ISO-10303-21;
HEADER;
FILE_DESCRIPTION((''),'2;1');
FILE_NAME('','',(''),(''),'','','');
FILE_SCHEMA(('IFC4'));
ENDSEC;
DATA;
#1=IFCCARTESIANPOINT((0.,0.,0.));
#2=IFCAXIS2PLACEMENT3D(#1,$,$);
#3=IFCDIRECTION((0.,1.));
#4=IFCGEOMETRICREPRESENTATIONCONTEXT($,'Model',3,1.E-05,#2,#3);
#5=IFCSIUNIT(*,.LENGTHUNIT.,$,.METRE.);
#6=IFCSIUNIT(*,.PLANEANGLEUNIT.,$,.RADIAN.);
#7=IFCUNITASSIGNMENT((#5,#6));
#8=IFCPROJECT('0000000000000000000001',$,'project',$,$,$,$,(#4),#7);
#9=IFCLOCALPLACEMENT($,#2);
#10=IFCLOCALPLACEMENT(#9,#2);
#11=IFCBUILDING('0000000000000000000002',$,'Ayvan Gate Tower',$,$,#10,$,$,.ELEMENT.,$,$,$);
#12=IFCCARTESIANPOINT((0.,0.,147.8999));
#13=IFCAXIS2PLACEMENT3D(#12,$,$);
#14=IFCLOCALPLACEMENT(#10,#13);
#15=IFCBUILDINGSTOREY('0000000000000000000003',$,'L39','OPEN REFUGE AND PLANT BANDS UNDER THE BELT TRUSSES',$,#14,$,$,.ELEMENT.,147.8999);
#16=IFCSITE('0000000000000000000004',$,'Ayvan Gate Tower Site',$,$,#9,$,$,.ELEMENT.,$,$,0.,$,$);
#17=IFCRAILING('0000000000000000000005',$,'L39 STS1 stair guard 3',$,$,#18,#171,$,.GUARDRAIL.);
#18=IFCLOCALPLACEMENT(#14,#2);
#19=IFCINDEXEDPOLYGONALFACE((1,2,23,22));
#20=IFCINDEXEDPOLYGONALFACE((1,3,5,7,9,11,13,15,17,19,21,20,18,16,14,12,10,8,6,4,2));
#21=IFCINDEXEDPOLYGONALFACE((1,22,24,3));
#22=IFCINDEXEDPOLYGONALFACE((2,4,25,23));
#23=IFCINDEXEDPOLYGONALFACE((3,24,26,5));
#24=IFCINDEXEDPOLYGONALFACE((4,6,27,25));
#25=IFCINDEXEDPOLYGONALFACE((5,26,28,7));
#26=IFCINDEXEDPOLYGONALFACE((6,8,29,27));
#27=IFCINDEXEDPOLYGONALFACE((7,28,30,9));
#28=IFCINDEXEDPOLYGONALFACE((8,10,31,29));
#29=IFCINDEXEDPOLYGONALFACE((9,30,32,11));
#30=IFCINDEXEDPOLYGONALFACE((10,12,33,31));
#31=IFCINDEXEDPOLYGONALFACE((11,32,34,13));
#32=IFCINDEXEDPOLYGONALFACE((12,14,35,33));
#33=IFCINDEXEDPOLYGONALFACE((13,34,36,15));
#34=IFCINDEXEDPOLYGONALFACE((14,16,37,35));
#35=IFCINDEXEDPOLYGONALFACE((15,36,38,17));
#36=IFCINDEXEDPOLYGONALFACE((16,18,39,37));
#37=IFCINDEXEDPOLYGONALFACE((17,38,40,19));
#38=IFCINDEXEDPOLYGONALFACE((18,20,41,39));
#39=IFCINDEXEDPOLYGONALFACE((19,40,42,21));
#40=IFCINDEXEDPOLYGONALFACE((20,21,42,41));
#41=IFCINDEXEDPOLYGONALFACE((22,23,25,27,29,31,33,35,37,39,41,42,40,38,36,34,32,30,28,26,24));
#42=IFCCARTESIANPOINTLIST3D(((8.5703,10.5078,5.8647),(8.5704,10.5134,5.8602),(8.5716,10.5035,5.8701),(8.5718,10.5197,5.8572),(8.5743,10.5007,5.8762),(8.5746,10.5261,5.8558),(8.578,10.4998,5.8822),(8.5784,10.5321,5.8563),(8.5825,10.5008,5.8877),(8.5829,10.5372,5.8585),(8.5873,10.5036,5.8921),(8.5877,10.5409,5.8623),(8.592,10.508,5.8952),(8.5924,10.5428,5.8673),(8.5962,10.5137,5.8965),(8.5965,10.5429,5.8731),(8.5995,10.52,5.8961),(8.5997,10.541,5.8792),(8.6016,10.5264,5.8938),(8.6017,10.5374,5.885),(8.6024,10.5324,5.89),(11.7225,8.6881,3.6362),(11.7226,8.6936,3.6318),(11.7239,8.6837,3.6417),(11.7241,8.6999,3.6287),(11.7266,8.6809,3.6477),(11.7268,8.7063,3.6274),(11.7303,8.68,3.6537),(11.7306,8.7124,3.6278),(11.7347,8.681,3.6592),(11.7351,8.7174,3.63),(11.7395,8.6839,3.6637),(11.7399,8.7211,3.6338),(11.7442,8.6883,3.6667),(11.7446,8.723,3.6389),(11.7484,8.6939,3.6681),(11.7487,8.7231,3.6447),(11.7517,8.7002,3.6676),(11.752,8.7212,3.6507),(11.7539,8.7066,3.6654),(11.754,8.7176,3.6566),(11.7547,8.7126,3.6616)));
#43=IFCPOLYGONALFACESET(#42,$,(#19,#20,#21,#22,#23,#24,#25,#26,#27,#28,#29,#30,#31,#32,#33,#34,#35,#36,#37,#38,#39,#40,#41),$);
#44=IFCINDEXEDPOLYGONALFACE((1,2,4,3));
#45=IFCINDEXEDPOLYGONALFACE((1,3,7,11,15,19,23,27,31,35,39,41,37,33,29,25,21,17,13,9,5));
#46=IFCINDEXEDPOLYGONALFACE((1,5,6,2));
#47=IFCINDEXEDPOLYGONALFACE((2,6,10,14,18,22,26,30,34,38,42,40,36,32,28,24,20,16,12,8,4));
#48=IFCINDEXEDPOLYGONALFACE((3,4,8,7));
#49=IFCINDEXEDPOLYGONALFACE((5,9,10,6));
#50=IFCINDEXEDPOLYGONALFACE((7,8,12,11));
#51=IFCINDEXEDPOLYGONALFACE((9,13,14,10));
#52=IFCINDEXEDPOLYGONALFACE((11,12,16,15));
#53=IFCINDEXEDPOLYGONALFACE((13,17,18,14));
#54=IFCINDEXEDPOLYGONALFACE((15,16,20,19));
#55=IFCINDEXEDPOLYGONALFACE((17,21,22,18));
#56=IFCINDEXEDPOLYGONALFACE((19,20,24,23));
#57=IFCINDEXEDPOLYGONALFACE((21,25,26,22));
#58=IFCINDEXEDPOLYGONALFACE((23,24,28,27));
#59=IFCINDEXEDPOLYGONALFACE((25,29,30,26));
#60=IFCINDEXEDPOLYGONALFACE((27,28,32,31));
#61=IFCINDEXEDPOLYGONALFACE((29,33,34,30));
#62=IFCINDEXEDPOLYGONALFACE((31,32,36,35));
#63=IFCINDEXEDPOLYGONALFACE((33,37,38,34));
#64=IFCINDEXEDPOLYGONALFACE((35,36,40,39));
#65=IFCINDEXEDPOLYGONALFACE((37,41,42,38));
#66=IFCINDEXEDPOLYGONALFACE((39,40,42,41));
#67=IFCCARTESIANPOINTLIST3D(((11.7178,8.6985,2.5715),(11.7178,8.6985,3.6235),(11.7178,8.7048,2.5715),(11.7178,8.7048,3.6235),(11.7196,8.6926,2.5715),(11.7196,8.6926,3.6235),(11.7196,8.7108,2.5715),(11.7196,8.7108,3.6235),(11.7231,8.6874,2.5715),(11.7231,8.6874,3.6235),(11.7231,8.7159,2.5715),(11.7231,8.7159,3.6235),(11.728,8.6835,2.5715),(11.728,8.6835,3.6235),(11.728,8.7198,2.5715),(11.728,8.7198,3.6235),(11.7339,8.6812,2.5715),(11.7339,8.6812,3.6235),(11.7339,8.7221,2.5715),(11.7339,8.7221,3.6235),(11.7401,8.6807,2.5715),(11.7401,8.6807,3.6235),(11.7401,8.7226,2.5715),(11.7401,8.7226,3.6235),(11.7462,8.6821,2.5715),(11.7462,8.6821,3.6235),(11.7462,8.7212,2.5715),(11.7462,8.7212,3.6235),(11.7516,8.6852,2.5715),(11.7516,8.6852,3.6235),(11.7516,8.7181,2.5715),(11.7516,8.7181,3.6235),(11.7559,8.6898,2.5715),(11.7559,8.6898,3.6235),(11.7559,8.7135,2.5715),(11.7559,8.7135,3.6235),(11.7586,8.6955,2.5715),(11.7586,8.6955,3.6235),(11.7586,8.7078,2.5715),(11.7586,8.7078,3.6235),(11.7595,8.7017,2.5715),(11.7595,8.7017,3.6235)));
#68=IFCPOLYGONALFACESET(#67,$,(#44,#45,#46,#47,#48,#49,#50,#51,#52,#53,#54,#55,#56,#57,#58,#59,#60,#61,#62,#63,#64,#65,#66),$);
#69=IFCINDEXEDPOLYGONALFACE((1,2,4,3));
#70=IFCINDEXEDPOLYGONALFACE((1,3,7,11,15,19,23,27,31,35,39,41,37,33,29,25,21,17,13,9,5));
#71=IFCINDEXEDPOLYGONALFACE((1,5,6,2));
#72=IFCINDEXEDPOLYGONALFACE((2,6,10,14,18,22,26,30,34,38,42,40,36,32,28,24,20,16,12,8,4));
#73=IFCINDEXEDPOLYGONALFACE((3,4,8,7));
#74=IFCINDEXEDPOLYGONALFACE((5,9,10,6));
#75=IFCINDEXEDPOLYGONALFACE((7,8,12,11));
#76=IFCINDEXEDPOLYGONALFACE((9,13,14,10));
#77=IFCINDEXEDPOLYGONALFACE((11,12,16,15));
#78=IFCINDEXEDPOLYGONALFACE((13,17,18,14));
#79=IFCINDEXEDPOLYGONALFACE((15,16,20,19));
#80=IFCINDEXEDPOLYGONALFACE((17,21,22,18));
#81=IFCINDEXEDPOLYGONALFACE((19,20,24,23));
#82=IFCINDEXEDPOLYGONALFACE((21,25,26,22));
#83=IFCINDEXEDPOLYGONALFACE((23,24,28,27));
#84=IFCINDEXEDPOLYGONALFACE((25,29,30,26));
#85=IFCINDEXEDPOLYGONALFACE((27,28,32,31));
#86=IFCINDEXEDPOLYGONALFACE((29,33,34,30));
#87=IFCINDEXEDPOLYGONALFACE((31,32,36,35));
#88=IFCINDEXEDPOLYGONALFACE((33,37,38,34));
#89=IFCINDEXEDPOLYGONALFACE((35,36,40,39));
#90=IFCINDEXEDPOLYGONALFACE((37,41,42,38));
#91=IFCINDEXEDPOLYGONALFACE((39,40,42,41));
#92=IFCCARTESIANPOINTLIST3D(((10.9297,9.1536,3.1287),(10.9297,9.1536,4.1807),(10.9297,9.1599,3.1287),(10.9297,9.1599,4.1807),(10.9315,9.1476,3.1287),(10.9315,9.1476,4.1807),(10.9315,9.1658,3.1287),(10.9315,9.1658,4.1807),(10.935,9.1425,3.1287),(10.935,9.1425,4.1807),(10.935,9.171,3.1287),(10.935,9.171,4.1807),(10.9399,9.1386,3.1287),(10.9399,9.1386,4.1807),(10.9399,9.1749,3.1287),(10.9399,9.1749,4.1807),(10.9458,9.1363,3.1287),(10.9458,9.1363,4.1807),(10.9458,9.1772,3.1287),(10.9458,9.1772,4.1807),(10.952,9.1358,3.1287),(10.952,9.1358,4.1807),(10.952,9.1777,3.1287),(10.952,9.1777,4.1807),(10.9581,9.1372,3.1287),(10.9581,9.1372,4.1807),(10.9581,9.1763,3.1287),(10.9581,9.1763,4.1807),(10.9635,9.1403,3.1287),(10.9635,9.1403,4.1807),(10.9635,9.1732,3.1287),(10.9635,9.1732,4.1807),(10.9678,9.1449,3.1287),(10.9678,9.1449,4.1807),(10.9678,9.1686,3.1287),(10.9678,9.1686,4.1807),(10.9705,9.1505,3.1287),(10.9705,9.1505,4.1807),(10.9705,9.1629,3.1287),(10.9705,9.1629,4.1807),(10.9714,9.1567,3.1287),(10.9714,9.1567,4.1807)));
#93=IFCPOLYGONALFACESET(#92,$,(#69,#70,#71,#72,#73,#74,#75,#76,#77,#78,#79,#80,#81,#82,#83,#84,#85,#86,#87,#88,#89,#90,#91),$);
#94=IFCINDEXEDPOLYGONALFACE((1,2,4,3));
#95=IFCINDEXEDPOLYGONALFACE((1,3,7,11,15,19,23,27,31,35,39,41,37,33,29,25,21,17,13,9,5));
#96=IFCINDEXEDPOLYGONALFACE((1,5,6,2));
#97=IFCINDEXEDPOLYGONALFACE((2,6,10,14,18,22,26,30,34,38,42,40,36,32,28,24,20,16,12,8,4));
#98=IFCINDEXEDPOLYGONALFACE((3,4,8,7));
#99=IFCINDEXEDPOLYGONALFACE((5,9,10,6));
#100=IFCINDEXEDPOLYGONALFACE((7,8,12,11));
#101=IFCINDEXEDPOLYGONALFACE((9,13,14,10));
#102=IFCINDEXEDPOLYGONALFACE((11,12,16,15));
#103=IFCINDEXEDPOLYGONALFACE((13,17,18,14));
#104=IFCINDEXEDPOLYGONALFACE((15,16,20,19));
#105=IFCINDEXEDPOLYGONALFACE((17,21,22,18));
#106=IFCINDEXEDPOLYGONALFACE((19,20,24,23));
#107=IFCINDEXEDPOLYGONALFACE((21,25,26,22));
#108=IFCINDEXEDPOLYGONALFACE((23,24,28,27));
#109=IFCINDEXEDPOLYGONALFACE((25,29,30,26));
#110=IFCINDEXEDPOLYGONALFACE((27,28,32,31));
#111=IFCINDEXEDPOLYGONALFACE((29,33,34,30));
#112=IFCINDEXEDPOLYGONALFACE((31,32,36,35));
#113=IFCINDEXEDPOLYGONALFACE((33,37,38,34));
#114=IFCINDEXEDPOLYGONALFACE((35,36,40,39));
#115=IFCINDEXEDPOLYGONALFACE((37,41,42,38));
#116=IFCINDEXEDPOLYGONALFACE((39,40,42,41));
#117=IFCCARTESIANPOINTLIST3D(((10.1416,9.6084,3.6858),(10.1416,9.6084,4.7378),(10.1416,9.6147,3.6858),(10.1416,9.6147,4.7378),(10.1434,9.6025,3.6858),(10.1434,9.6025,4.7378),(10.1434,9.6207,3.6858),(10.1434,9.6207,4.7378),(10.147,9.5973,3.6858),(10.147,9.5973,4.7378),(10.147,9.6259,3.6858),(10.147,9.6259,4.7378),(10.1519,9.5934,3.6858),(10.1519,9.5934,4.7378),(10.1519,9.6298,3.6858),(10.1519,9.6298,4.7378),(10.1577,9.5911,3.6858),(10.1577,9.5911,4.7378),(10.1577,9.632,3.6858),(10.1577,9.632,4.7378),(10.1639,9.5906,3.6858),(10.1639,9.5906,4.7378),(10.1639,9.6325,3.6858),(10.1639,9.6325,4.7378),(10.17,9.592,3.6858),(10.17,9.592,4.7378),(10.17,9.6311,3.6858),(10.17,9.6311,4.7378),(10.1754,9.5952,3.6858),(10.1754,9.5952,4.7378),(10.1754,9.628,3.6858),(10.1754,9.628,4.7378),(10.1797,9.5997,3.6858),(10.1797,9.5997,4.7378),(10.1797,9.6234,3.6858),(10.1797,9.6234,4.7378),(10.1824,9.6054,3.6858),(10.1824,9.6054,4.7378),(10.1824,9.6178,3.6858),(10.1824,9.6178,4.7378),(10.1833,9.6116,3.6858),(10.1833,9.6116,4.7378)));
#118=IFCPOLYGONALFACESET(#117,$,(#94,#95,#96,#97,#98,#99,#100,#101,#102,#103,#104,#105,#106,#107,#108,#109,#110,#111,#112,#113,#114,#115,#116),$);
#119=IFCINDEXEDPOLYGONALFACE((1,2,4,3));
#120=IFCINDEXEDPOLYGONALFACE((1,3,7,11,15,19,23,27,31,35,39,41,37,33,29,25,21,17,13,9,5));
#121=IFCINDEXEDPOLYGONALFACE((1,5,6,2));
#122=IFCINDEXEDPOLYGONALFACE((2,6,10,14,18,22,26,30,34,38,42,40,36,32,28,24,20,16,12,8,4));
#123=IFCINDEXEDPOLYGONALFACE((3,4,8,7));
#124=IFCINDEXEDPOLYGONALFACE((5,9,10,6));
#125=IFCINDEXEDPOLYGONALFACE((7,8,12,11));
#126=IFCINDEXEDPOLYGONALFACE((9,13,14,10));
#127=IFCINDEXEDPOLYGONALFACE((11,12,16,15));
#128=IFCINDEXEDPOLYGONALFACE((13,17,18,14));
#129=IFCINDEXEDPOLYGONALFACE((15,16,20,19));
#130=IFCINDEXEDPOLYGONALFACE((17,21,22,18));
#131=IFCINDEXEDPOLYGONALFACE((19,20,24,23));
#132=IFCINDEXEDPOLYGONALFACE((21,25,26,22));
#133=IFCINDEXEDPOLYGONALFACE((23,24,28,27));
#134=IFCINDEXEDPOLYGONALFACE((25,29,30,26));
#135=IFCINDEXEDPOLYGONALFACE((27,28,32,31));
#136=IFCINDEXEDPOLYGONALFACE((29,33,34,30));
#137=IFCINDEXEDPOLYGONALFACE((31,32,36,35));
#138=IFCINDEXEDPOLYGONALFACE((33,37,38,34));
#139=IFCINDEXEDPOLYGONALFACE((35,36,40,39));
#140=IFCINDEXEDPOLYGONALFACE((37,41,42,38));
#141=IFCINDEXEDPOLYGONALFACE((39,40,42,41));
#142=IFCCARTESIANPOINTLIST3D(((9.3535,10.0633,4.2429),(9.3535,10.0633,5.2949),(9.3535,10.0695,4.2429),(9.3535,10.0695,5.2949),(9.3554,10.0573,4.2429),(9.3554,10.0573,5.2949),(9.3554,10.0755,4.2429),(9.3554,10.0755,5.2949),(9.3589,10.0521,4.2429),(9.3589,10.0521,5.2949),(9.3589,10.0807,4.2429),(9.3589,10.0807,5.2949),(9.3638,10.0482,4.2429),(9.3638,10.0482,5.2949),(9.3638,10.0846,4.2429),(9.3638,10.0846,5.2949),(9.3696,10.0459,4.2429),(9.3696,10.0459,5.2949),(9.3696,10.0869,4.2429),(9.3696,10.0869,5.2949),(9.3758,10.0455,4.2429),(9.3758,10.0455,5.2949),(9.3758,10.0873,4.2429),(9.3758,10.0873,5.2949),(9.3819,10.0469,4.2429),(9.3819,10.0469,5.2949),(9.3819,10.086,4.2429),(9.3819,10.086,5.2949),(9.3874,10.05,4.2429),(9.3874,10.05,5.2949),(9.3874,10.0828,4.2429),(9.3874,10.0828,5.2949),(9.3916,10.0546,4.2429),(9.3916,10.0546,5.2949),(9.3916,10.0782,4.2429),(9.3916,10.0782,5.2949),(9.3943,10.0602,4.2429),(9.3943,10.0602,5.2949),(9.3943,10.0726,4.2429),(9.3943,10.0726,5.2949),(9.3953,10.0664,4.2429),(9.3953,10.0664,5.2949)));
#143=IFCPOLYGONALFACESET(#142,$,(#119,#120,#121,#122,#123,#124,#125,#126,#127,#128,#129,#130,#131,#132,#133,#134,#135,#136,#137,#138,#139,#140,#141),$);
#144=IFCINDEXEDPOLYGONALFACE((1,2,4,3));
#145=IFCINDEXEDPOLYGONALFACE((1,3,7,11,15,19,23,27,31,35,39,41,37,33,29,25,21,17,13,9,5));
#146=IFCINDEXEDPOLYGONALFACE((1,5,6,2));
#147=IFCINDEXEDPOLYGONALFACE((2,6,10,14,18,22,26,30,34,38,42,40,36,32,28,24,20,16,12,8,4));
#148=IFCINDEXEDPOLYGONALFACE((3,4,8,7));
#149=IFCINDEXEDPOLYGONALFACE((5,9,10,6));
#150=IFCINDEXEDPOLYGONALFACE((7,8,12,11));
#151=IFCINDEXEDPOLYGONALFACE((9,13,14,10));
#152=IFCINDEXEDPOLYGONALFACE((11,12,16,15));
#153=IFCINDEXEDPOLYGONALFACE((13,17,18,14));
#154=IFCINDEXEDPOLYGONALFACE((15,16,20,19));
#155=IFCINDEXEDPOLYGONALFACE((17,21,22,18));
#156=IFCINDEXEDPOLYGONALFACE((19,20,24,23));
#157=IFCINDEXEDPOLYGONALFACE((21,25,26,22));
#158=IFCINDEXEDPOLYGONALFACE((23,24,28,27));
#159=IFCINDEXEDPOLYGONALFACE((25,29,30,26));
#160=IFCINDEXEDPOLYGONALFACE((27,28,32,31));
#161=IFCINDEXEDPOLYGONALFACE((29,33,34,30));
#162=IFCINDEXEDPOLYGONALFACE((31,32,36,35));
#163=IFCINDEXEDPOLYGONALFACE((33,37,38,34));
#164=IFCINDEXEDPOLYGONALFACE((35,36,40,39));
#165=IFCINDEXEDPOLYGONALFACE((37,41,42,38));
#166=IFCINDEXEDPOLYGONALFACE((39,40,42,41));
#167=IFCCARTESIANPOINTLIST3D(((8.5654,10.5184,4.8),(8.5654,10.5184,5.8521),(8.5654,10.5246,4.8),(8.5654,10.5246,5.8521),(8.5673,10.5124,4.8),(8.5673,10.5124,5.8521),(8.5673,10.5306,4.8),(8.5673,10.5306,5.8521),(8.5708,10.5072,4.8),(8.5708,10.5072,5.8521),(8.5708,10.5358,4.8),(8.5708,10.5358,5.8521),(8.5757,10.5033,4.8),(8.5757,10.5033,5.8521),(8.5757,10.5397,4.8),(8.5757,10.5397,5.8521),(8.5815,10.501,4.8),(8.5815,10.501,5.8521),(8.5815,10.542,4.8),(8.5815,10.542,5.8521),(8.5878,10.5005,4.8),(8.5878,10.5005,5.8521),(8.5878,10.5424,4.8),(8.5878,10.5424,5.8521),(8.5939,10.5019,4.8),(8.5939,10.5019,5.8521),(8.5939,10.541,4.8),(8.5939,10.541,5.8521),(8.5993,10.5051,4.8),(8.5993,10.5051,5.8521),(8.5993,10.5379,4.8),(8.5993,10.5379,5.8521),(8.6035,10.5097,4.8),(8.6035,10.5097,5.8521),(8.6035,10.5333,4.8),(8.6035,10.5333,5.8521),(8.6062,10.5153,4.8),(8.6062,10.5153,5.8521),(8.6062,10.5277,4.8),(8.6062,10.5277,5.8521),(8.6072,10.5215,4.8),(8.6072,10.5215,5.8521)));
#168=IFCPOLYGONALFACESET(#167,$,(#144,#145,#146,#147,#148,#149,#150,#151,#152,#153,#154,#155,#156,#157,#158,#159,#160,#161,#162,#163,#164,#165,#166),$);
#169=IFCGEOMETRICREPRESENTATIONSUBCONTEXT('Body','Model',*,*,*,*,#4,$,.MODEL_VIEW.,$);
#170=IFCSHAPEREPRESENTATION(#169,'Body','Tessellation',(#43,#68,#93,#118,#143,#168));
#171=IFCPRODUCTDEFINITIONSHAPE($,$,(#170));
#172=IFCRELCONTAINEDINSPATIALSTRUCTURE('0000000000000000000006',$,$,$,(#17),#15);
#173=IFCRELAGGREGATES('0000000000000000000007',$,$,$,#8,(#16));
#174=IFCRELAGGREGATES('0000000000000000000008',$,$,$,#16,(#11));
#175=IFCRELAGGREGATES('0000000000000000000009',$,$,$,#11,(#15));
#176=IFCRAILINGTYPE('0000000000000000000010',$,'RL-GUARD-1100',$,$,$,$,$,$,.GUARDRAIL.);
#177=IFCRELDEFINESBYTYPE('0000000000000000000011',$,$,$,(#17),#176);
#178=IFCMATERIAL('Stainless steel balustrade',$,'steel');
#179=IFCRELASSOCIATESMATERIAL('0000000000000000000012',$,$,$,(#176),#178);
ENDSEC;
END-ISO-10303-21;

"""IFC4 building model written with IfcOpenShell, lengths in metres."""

from ifc_helpers import new_model, si_unit, direction, frame, origin, origin_2d, place, context, subcontext, project, spatial, circle, extrude, material, type_object, element, save


model = new_model("IFC4")

# Units and contexts
model_context = context("Model", 3, precision=1e-05, world=origin(), true_north=direction((0.0, 1.0)))
body_context = subcontext(model_context, "Body", "Model", "MODEL_VIEW")
ifc_project = project(units=[si_unit("LENGTHUNIT", "METRE"), si_unit("PLANEANGLEUNIT", "RADIAN")], contexts=[model_context])

# Site, building, storey
site_placement = place(None, origin())
site = spatial("IfcSite", under=ifc_project, at=site_placement, Name="Ayvan Gate Tower Site", CompositionType="ELEMENT", RefElevation=0.0)
building_placement = place(site_placement, origin())
building = spatial("IfcBuilding", under=site, at=building_placement, Name="Ayvan Gate Tower", CompositionType="ELEMENT")
storey_placement = place(building_placement, frame((0.0, 0.0, 147.8999)))
storey = spatial("IfcBuildingStorey", under=building, at=storey_placement, Name="L39", Description="OPEN REFUGE AND PLANT BANDS UNDER THE BELT TRUSSES", CompositionType="ELEMENT", Elevation=147.8999)

# Railing
ifc_material_1 = material(Name="Stainless steel balustrade", Category="steel")
railing_type_1 = type_object("IfcRailingType", Name="RL-GUARD-1100", PredefinedType="GUARDRAIL", material=ifc_material_1)
railing_1_placement = place(storey_placement, frame((11.7385, 8.7017, 2.5715)))
element("IfcRailing", 1, at=railing_1_placement, inside=storey, type_object=railing_type_1, Name="L39 STS1 stair guard 3", PredefinedType="GUARDRAIL", context=body_context, shape_type="SweptSolid", body=[
    extrude(circle(Radius=0.0239, at=origin_2d()), frame((0.0, 0.0, 1.0762), z_axis=(-0.73861, 0.426394, 0.522153), x_axis=(-0.499962, -0.866047, 0.0)), (0.0, 0.0, 1.0), 4.2678),
    extrude(circle(Radius=0.021, at=origin_2d()), origin(), (0.0, 0.0, 1.0), 1.052),
    extrude(circle(Radius=0.021, at=origin_2d()), frame((-0.7881, 0.4551, 0.5571)), (0.0, 0.0, 1.0), 1.052),
    extrude(circle(Radius=0.021, at=origin_2d()), frame((-1.5762, 0.9099, 1.1143)), (0.0, 0.0, 1.0), 1.052),
    extrude(circle(Radius=0.021, at=origin_2d()), frame((-2.3643, 1.3647, 1.6714)), (0.0, 0.0, 1.0), 1.052),
    extrude(circle(Radius=0.021, at=origin_2d()), frame((-3.1523, 1.8198, 2.2285)), (0.0, 0.0, 1.0), 1.052),
])

save(model, "model.ifc")
